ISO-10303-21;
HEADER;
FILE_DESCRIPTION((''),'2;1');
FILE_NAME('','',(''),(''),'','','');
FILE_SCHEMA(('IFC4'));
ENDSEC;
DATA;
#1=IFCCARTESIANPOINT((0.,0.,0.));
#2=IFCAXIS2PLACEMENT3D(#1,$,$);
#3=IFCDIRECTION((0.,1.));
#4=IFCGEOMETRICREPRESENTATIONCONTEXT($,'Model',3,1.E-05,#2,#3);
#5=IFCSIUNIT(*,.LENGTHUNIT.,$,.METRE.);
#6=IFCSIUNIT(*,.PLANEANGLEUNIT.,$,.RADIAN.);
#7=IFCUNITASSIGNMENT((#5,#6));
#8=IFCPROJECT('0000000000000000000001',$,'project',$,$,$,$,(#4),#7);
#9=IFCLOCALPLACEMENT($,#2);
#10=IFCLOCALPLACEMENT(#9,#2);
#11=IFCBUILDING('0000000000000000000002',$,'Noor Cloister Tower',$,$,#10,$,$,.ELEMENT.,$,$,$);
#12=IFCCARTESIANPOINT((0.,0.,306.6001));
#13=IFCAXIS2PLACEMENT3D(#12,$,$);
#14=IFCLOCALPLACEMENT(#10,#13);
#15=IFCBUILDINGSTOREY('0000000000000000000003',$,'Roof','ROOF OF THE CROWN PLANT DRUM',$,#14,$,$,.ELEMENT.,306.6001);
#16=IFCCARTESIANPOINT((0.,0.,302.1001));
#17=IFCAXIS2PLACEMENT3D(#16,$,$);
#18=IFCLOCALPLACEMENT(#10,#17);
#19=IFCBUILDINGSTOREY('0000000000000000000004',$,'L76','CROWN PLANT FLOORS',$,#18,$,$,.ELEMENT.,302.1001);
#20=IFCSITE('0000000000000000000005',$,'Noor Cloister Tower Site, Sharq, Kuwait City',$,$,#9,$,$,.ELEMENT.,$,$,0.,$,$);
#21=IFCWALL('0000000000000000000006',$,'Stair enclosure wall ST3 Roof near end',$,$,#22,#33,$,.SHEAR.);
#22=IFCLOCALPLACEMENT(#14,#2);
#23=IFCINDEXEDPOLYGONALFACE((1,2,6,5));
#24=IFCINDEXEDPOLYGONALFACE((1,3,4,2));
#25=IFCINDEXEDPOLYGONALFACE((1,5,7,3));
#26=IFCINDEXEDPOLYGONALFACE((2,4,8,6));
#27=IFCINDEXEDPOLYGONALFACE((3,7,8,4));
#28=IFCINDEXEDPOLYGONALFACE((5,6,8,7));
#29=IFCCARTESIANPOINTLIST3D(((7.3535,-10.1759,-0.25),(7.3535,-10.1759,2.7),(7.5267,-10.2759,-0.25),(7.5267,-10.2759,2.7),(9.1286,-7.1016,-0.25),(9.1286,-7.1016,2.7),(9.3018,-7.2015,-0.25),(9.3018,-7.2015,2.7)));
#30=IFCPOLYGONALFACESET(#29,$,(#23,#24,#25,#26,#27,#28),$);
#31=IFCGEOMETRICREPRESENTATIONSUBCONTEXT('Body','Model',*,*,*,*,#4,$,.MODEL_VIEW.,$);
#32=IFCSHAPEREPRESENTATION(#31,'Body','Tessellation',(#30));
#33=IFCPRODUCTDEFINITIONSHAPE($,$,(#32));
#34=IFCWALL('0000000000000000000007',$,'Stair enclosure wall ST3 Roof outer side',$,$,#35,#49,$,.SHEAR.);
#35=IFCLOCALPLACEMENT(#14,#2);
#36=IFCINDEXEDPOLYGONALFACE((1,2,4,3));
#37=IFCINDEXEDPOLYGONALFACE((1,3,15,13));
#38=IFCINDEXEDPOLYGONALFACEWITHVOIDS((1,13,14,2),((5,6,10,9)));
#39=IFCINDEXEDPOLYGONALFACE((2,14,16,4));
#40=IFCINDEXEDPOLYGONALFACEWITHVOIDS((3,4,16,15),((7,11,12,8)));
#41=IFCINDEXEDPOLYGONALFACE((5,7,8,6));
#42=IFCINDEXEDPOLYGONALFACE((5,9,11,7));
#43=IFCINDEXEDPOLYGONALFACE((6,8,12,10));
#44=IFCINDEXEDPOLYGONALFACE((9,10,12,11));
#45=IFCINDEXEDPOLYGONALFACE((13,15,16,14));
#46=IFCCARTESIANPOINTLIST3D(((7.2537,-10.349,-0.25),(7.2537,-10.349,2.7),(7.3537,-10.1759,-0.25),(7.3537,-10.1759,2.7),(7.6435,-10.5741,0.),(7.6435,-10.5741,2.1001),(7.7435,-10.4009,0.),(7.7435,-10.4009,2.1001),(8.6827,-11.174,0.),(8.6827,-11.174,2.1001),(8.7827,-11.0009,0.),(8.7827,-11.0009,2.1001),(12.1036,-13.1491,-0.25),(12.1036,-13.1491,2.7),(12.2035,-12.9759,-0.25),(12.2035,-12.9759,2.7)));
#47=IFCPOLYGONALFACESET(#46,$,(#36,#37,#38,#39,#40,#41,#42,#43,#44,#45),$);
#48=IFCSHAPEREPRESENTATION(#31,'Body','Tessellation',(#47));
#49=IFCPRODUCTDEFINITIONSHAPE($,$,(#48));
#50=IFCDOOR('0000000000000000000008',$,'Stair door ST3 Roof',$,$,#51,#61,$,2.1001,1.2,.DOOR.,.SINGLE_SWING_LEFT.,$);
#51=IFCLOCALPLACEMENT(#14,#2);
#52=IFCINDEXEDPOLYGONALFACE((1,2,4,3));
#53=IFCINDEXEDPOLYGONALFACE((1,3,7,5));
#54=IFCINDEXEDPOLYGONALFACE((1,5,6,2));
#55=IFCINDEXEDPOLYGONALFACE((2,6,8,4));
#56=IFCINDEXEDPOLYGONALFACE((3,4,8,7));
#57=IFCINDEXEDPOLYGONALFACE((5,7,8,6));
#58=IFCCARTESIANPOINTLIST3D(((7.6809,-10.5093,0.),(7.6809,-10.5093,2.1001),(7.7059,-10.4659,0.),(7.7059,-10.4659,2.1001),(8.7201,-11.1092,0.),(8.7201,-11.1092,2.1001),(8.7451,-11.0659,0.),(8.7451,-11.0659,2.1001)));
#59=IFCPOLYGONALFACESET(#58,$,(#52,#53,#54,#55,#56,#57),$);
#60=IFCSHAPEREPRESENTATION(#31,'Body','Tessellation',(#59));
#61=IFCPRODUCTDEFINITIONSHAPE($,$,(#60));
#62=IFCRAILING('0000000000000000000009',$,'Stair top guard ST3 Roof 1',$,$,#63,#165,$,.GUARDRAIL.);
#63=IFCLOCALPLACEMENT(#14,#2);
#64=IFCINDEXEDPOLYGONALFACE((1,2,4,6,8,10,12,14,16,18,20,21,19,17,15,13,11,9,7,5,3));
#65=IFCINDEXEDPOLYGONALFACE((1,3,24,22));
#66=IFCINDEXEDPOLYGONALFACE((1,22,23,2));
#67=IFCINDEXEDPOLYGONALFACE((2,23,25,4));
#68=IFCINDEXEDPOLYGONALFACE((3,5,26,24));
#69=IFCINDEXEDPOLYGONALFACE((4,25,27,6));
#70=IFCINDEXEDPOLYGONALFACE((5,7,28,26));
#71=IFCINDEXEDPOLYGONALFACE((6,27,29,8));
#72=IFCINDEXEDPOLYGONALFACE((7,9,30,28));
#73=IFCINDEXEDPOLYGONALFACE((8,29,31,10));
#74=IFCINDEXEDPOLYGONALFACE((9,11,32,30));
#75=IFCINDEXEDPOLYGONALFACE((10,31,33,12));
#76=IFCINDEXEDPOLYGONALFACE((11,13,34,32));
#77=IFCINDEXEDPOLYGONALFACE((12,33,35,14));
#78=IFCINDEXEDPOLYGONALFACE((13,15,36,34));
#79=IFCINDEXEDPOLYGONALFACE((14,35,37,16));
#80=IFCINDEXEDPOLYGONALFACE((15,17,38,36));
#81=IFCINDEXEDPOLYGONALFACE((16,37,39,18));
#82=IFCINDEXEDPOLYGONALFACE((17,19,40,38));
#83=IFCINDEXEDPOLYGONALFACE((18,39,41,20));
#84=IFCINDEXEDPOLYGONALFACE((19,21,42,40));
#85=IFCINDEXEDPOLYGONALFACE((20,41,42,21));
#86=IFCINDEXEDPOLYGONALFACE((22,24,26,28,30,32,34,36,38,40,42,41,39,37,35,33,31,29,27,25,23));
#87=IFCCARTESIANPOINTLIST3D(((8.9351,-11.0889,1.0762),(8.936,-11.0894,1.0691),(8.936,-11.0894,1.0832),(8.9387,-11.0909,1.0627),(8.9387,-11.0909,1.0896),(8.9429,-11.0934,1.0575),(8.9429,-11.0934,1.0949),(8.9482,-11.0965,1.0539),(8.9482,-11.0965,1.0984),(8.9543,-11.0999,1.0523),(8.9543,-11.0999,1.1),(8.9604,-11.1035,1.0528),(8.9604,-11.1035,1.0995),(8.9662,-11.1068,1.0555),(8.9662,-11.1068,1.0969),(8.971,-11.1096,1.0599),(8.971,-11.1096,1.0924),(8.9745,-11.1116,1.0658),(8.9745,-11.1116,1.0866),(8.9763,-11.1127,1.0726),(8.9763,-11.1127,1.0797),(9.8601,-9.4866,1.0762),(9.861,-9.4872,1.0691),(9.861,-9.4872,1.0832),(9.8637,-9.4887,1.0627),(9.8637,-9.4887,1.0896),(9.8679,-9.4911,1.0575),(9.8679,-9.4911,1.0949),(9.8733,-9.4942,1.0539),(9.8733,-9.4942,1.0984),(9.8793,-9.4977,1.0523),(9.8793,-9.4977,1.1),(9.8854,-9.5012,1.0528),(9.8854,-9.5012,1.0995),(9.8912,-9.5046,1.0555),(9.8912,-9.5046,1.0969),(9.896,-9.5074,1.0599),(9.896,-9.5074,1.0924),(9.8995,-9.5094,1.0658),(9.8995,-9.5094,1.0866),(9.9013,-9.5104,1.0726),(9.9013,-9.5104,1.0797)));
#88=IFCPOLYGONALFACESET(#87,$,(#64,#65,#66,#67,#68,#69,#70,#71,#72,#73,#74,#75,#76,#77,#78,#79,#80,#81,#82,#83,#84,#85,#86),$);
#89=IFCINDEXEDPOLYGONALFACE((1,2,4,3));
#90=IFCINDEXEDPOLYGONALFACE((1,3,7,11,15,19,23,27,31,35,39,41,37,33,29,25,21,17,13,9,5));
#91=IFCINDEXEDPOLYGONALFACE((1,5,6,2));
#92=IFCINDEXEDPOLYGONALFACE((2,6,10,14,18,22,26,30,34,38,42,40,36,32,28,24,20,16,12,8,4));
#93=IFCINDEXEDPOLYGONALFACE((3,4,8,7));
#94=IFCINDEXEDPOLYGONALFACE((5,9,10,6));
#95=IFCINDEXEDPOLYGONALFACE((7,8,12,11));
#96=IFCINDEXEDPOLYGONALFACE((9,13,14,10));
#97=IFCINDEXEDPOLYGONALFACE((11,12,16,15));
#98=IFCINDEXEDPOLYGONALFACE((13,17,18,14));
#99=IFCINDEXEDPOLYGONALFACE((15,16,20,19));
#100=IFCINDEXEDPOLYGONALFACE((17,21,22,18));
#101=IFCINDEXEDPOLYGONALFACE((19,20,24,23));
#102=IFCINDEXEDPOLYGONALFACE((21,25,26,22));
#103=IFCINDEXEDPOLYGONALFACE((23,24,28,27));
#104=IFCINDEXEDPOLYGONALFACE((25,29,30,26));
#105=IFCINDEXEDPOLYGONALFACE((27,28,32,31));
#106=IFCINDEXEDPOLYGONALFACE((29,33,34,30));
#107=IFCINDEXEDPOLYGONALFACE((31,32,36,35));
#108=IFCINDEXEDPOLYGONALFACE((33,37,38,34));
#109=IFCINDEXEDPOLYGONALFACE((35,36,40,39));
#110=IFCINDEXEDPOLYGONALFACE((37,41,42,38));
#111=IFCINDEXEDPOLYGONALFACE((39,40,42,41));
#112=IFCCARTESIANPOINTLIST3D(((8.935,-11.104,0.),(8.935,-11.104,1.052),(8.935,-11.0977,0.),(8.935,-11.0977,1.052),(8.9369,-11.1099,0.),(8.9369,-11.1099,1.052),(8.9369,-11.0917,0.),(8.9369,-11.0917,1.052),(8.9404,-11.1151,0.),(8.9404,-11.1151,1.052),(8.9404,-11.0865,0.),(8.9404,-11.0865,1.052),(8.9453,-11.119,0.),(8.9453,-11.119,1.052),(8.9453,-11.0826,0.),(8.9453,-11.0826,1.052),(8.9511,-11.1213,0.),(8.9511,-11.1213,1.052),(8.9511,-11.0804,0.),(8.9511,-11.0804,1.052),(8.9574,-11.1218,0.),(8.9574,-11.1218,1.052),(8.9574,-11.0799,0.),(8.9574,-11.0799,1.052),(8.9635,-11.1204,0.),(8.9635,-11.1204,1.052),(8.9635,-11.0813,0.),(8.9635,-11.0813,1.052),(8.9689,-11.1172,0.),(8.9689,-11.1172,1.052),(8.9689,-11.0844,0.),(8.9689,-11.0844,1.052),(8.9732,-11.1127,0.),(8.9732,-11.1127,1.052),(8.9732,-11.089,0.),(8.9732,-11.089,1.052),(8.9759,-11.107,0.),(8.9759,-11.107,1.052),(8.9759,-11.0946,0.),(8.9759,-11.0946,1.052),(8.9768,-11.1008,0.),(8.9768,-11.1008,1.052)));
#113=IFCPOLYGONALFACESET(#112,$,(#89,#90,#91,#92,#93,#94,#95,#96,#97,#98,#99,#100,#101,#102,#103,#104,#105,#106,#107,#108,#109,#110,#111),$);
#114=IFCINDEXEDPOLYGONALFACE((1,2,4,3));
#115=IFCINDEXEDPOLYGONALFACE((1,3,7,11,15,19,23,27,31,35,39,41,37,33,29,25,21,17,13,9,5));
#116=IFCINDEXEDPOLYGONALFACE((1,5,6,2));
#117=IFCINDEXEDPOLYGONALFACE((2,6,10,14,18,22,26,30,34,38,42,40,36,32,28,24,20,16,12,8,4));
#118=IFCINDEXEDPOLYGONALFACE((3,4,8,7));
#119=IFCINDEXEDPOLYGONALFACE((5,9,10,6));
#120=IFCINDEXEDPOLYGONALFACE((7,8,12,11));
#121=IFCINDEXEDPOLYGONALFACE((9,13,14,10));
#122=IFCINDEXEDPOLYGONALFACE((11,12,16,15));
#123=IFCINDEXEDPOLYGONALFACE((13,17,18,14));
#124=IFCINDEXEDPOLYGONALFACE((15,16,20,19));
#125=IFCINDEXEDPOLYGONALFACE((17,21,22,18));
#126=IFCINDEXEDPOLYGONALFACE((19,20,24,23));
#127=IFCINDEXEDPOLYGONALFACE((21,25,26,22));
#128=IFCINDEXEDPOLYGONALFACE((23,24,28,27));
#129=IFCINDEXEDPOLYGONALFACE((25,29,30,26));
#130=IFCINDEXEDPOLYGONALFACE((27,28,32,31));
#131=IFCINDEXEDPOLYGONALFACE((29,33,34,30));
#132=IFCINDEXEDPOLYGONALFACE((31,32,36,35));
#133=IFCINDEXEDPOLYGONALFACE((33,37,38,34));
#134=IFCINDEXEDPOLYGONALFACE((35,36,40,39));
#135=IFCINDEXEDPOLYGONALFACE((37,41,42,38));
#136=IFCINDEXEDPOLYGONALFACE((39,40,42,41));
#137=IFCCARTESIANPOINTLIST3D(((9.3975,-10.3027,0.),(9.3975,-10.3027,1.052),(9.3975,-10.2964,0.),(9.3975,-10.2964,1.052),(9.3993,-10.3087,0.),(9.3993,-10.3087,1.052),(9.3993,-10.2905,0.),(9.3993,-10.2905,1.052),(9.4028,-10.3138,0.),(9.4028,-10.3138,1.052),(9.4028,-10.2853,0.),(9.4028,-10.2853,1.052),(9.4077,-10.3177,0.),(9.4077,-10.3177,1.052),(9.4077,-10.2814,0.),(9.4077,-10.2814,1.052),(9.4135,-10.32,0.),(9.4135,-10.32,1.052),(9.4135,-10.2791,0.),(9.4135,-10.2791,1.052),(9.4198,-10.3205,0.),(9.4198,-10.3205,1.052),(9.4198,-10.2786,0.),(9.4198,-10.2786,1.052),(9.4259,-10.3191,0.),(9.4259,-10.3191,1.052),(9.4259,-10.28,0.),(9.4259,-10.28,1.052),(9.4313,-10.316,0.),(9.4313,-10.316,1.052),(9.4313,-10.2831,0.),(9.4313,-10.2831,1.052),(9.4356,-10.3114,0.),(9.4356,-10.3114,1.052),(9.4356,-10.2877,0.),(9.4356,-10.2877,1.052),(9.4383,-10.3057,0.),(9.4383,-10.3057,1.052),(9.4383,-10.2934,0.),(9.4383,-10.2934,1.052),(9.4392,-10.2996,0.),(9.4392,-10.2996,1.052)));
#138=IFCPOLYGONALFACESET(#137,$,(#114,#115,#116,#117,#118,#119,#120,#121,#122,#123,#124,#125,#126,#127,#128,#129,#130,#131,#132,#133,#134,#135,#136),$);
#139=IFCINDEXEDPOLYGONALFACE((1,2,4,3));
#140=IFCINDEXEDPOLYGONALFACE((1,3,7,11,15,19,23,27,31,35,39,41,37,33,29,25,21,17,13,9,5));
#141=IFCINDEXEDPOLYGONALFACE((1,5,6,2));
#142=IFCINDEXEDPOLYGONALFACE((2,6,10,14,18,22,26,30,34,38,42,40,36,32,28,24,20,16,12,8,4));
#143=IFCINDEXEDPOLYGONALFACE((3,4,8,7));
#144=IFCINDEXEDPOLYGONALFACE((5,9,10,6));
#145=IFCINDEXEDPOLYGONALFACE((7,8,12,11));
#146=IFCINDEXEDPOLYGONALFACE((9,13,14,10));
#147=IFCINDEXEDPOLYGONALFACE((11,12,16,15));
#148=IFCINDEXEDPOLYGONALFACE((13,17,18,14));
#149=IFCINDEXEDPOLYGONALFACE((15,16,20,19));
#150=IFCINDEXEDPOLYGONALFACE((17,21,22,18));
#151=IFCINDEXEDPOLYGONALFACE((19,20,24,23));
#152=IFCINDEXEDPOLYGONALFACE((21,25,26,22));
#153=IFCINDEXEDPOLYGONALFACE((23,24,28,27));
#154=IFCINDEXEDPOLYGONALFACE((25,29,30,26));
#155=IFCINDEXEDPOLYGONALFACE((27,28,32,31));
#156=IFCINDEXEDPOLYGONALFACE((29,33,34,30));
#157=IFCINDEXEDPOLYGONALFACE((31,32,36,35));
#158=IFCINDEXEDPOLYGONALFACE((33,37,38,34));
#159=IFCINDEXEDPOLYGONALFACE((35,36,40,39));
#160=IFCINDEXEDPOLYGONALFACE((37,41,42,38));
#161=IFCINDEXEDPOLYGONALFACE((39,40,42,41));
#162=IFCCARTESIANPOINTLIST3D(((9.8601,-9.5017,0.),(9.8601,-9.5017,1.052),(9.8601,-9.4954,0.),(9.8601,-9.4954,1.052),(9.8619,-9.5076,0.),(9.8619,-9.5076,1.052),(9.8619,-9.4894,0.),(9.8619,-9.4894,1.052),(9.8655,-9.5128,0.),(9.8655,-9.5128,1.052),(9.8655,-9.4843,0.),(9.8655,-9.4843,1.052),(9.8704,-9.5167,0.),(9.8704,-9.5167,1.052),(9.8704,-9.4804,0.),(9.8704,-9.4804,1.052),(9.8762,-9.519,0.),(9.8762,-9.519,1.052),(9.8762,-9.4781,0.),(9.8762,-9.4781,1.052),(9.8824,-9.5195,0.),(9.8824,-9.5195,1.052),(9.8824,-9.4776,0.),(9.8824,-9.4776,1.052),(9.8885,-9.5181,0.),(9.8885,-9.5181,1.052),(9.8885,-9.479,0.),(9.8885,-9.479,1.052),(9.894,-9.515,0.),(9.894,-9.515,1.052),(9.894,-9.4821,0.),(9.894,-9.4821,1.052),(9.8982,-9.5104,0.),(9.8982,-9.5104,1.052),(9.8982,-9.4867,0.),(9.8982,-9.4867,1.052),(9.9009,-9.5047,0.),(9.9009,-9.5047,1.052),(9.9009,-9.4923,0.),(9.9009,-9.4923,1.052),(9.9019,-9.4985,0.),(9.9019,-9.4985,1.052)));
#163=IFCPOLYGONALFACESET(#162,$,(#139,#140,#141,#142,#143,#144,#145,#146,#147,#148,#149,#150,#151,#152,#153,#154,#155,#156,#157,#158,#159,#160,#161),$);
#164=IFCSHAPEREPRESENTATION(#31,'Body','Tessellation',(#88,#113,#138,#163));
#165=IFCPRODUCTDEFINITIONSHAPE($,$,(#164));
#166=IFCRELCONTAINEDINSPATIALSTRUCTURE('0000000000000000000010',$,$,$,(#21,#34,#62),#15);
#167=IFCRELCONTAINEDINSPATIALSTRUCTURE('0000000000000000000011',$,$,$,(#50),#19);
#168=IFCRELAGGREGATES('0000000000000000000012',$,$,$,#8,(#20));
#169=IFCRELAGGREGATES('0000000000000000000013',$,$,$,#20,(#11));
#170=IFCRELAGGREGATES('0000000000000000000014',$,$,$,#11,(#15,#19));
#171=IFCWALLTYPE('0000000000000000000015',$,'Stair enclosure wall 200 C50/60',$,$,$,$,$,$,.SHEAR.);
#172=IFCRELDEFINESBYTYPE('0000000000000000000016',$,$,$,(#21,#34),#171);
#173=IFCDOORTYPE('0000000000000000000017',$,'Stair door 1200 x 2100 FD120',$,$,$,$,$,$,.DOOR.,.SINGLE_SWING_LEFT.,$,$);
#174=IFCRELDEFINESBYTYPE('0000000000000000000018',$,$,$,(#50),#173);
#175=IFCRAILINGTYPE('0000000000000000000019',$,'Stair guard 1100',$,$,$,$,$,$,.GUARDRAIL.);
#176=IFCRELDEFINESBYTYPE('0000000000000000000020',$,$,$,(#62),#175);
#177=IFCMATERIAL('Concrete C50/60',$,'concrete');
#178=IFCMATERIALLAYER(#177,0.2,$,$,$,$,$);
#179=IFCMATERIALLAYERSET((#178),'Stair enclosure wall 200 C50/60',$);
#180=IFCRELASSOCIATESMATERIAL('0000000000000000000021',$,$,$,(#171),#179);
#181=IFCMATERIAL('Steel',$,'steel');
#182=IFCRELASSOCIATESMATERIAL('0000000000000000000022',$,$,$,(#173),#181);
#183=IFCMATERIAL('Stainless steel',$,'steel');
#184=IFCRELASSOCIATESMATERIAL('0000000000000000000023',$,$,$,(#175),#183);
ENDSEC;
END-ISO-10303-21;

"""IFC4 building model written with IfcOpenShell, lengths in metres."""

from ifc_helpers import new_model, si_unit, direction, frame, frame_2d, origin, origin_2d, place, context, subcontext, project, spatial, rectangle, circle, extrude, material, layer, layer_set, type_object, element, fill, save


model = new_model("IFC4")

# Units and contexts
model_context = context("Model", 3, precision=1e-05, world=origin(), true_north=direction((0.0, 1.0)))
body_context = subcontext(model_context, "Body", "Model", "MODEL_VIEW")
ifc_project = project(units=[si_unit("LENGTHUNIT", "METRE"), si_unit("PLANEANGLEUNIT", "RADIAN")], contexts=[model_context])

# Site, building, storey
site_placement = place(None, origin())
site = spatial("IfcSite", under=ifc_project, at=site_placement, Name="Noor Cloister Tower Site, Sharq, Kuwait City", CompositionType="ELEMENT", RefElevation=0.0)
building_placement = place(site_placement, origin())
building = spatial("IfcBuilding", under=site, at=building_placement, Name="Noor Cloister Tower", CompositionType="ELEMENT")
storey_1_placement = place(building_placement, frame((0.0, 0.0, 306.6001)))
storey_1 = spatial("IfcBuildingStorey", under=building, at=storey_1_placement, Name="Roof", Description="ROOF OF THE CROWN PLANT DRUM", CompositionType="ELEMENT", Elevation=306.6001)

# Wall
ifc_material_1 = material(Name="Concrete C50/60", Category="concrete")
ifc_layer_1 = layer(ifc_material_1, 0.2)
ifc_layer_set_1 = layer_set([ifc_layer_1], Name="Stair enclosure wall 200 C50/60")
wall_type_1 = type_object("IfcWallType", Name="Stair enclosure wall 200 C50/60", PredefinedType="SHEAR", material=ifc_layer_set_1)
wall_1_placement = place(storey_1_placement, frame((7.4402, -10.2258, -0.25), z_axis=(0.0, 0.0, 1.0), x_axis=(0.500022, 0.866013, 0.0)))
element("IfcWall", 1, at=wall_1_placement, inside=storey_1, type_object=wall_type_1, Name="Stair enclosure wall ST3 Roof near end", PredefinedType="SHEAR", context=body_context, shape_type="SweptSolid", body=[
    extrude(rectangle(XDim=3.55, YDim=0.2, at=frame_2d((1.7749, 0.0))), origin(), (0.0, 0.0, 1.0), 2.95),
])

# Wall, opening
wall_2_placement = place(storey_1_placement, frame((7.3037, -10.2625, -0.25), z_axis=(0.0, 0.0, 1.0), x_axis=(0.866027, -0.499998, 0.0)))
wall_2 = element("IfcWall", 2, at=wall_2_placement, inside=storey_1, type_object=wall_type_1, Name="Stair enclosure wall ST3 Roof outer side", PredefinedType="SHEAR", context=body_context, shape_type="SweptSolid", body=[
    extrude(rectangle(XDim=5.6001, YDim=0.2, at=frame_2d((2.8, 0.0))), origin(), (0.0, 0.0, 1.0), 2.95),
])
opening_placement = place(wall_2_placement, frame((0.45, 0.0, 0.25)))
opening = element("IfcOpeningElement", 3, at=opening_placement, cuts=wall_2, PredefinedType="OPENING", context=body_context, shape_type="SweptSolid", body=[
    extrude(rectangle(XDim=1.2, YDim=2.1001, at=frame_2d((0.6001, 1.05))), frame((0.0, 0.1099, 0.0), z_axis=(0.0, -1.0, 0.0), x_axis=(1.0, 0.0, 0.0)), (0.0, 0.0, 1.0), 0.22),
])

# Shared definitions
storey_2_placement = place(building_placement, frame((0.0, 0.0, 302.1001)))
storey_2 = spatial("IfcBuildingStorey", under=building, at=storey_2_placement, Name="L76", Description="CROWN PLANT FLOORS", CompositionType="ELEMENT", Elevation=302.1001)

# Door
ifc_material_2 = material(Name="Steel", Category="steel")
door_type = type_object("IfcDoorType", Name="Stair door 1200 x 2100 FD120", OperationType="SINGLE_SWING_LEFT", PredefinedType="DOOR", material=ifc_material_2)
door_placement = place(opening_placement, origin())
door = element("IfcDoor", 4, at=door_placement, inside=storey_2, type_object=door_type, Name="Stair door ST3 Roof", OperationType="SINGLE_SWING_LEFT", OverallHeight=2.1001, OverallWidth=1.2, PredefinedType="DOOR", context=body_context, shape_type="SweptSolid", body=[
    extrude(rectangle(XDim=1.2, YDim=2.1001, at=frame_2d((0.6001, 1.05))), frame((0.0, 0.0249, 0.0), z_axis=(0.0, -1.0, 0.0), x_axis=(1.0, 0.0, 0.0)), (0.0, 0.0, 1.0), 0.05),
])
fill(opening, door)

# Railing
ifc_material_3 = material(Name="Stainless steel", Category="steel")
railing_type = type_object("IfcRailingType", Name="Stair guard 1100", PredefinedType="GUARDRAIL", material=ifc_material_3)
railing_placement = place(storey_1_placement, frame((8.9558, -11.1008, 0.0)))
element("IfcRailing", 5, at=railing_placement, inside=storey_1, type_object=railing_type, Name="Stair top guard ST3 Roof 1", PredefinedType="GUARDRAIL", context=body_context, shape_type="SweptSolid", body=[
    extrude(circle(Radius=0.0239, at=origin_2d()), frame((0.0, 0.0, 1.0762), z_axis=(0.499985, 0.866034, 0.0), x_axis=(-0.866034, 0.499985, 0.0)), (0.0, 0.0, 1.0), 1.8501),
    extrude(circle(Radius=0.021, at=origin_2d()), origin(), (0.0, 0.0, 1.0), 1.052),
    extrude(circle(Radius=0.021, at=origin_2d()), frame((0.4624, 0.8013, 0.0)), (0.0, 0.0, 1.0), 1.052),
    extrude(circle(Radius=0.021, at=origin_2d()), frame((0.925, 1.6023, 0.0)), (0.0, 0.0, 1.0), 1.052),
])

save(model, "model.ifc")
